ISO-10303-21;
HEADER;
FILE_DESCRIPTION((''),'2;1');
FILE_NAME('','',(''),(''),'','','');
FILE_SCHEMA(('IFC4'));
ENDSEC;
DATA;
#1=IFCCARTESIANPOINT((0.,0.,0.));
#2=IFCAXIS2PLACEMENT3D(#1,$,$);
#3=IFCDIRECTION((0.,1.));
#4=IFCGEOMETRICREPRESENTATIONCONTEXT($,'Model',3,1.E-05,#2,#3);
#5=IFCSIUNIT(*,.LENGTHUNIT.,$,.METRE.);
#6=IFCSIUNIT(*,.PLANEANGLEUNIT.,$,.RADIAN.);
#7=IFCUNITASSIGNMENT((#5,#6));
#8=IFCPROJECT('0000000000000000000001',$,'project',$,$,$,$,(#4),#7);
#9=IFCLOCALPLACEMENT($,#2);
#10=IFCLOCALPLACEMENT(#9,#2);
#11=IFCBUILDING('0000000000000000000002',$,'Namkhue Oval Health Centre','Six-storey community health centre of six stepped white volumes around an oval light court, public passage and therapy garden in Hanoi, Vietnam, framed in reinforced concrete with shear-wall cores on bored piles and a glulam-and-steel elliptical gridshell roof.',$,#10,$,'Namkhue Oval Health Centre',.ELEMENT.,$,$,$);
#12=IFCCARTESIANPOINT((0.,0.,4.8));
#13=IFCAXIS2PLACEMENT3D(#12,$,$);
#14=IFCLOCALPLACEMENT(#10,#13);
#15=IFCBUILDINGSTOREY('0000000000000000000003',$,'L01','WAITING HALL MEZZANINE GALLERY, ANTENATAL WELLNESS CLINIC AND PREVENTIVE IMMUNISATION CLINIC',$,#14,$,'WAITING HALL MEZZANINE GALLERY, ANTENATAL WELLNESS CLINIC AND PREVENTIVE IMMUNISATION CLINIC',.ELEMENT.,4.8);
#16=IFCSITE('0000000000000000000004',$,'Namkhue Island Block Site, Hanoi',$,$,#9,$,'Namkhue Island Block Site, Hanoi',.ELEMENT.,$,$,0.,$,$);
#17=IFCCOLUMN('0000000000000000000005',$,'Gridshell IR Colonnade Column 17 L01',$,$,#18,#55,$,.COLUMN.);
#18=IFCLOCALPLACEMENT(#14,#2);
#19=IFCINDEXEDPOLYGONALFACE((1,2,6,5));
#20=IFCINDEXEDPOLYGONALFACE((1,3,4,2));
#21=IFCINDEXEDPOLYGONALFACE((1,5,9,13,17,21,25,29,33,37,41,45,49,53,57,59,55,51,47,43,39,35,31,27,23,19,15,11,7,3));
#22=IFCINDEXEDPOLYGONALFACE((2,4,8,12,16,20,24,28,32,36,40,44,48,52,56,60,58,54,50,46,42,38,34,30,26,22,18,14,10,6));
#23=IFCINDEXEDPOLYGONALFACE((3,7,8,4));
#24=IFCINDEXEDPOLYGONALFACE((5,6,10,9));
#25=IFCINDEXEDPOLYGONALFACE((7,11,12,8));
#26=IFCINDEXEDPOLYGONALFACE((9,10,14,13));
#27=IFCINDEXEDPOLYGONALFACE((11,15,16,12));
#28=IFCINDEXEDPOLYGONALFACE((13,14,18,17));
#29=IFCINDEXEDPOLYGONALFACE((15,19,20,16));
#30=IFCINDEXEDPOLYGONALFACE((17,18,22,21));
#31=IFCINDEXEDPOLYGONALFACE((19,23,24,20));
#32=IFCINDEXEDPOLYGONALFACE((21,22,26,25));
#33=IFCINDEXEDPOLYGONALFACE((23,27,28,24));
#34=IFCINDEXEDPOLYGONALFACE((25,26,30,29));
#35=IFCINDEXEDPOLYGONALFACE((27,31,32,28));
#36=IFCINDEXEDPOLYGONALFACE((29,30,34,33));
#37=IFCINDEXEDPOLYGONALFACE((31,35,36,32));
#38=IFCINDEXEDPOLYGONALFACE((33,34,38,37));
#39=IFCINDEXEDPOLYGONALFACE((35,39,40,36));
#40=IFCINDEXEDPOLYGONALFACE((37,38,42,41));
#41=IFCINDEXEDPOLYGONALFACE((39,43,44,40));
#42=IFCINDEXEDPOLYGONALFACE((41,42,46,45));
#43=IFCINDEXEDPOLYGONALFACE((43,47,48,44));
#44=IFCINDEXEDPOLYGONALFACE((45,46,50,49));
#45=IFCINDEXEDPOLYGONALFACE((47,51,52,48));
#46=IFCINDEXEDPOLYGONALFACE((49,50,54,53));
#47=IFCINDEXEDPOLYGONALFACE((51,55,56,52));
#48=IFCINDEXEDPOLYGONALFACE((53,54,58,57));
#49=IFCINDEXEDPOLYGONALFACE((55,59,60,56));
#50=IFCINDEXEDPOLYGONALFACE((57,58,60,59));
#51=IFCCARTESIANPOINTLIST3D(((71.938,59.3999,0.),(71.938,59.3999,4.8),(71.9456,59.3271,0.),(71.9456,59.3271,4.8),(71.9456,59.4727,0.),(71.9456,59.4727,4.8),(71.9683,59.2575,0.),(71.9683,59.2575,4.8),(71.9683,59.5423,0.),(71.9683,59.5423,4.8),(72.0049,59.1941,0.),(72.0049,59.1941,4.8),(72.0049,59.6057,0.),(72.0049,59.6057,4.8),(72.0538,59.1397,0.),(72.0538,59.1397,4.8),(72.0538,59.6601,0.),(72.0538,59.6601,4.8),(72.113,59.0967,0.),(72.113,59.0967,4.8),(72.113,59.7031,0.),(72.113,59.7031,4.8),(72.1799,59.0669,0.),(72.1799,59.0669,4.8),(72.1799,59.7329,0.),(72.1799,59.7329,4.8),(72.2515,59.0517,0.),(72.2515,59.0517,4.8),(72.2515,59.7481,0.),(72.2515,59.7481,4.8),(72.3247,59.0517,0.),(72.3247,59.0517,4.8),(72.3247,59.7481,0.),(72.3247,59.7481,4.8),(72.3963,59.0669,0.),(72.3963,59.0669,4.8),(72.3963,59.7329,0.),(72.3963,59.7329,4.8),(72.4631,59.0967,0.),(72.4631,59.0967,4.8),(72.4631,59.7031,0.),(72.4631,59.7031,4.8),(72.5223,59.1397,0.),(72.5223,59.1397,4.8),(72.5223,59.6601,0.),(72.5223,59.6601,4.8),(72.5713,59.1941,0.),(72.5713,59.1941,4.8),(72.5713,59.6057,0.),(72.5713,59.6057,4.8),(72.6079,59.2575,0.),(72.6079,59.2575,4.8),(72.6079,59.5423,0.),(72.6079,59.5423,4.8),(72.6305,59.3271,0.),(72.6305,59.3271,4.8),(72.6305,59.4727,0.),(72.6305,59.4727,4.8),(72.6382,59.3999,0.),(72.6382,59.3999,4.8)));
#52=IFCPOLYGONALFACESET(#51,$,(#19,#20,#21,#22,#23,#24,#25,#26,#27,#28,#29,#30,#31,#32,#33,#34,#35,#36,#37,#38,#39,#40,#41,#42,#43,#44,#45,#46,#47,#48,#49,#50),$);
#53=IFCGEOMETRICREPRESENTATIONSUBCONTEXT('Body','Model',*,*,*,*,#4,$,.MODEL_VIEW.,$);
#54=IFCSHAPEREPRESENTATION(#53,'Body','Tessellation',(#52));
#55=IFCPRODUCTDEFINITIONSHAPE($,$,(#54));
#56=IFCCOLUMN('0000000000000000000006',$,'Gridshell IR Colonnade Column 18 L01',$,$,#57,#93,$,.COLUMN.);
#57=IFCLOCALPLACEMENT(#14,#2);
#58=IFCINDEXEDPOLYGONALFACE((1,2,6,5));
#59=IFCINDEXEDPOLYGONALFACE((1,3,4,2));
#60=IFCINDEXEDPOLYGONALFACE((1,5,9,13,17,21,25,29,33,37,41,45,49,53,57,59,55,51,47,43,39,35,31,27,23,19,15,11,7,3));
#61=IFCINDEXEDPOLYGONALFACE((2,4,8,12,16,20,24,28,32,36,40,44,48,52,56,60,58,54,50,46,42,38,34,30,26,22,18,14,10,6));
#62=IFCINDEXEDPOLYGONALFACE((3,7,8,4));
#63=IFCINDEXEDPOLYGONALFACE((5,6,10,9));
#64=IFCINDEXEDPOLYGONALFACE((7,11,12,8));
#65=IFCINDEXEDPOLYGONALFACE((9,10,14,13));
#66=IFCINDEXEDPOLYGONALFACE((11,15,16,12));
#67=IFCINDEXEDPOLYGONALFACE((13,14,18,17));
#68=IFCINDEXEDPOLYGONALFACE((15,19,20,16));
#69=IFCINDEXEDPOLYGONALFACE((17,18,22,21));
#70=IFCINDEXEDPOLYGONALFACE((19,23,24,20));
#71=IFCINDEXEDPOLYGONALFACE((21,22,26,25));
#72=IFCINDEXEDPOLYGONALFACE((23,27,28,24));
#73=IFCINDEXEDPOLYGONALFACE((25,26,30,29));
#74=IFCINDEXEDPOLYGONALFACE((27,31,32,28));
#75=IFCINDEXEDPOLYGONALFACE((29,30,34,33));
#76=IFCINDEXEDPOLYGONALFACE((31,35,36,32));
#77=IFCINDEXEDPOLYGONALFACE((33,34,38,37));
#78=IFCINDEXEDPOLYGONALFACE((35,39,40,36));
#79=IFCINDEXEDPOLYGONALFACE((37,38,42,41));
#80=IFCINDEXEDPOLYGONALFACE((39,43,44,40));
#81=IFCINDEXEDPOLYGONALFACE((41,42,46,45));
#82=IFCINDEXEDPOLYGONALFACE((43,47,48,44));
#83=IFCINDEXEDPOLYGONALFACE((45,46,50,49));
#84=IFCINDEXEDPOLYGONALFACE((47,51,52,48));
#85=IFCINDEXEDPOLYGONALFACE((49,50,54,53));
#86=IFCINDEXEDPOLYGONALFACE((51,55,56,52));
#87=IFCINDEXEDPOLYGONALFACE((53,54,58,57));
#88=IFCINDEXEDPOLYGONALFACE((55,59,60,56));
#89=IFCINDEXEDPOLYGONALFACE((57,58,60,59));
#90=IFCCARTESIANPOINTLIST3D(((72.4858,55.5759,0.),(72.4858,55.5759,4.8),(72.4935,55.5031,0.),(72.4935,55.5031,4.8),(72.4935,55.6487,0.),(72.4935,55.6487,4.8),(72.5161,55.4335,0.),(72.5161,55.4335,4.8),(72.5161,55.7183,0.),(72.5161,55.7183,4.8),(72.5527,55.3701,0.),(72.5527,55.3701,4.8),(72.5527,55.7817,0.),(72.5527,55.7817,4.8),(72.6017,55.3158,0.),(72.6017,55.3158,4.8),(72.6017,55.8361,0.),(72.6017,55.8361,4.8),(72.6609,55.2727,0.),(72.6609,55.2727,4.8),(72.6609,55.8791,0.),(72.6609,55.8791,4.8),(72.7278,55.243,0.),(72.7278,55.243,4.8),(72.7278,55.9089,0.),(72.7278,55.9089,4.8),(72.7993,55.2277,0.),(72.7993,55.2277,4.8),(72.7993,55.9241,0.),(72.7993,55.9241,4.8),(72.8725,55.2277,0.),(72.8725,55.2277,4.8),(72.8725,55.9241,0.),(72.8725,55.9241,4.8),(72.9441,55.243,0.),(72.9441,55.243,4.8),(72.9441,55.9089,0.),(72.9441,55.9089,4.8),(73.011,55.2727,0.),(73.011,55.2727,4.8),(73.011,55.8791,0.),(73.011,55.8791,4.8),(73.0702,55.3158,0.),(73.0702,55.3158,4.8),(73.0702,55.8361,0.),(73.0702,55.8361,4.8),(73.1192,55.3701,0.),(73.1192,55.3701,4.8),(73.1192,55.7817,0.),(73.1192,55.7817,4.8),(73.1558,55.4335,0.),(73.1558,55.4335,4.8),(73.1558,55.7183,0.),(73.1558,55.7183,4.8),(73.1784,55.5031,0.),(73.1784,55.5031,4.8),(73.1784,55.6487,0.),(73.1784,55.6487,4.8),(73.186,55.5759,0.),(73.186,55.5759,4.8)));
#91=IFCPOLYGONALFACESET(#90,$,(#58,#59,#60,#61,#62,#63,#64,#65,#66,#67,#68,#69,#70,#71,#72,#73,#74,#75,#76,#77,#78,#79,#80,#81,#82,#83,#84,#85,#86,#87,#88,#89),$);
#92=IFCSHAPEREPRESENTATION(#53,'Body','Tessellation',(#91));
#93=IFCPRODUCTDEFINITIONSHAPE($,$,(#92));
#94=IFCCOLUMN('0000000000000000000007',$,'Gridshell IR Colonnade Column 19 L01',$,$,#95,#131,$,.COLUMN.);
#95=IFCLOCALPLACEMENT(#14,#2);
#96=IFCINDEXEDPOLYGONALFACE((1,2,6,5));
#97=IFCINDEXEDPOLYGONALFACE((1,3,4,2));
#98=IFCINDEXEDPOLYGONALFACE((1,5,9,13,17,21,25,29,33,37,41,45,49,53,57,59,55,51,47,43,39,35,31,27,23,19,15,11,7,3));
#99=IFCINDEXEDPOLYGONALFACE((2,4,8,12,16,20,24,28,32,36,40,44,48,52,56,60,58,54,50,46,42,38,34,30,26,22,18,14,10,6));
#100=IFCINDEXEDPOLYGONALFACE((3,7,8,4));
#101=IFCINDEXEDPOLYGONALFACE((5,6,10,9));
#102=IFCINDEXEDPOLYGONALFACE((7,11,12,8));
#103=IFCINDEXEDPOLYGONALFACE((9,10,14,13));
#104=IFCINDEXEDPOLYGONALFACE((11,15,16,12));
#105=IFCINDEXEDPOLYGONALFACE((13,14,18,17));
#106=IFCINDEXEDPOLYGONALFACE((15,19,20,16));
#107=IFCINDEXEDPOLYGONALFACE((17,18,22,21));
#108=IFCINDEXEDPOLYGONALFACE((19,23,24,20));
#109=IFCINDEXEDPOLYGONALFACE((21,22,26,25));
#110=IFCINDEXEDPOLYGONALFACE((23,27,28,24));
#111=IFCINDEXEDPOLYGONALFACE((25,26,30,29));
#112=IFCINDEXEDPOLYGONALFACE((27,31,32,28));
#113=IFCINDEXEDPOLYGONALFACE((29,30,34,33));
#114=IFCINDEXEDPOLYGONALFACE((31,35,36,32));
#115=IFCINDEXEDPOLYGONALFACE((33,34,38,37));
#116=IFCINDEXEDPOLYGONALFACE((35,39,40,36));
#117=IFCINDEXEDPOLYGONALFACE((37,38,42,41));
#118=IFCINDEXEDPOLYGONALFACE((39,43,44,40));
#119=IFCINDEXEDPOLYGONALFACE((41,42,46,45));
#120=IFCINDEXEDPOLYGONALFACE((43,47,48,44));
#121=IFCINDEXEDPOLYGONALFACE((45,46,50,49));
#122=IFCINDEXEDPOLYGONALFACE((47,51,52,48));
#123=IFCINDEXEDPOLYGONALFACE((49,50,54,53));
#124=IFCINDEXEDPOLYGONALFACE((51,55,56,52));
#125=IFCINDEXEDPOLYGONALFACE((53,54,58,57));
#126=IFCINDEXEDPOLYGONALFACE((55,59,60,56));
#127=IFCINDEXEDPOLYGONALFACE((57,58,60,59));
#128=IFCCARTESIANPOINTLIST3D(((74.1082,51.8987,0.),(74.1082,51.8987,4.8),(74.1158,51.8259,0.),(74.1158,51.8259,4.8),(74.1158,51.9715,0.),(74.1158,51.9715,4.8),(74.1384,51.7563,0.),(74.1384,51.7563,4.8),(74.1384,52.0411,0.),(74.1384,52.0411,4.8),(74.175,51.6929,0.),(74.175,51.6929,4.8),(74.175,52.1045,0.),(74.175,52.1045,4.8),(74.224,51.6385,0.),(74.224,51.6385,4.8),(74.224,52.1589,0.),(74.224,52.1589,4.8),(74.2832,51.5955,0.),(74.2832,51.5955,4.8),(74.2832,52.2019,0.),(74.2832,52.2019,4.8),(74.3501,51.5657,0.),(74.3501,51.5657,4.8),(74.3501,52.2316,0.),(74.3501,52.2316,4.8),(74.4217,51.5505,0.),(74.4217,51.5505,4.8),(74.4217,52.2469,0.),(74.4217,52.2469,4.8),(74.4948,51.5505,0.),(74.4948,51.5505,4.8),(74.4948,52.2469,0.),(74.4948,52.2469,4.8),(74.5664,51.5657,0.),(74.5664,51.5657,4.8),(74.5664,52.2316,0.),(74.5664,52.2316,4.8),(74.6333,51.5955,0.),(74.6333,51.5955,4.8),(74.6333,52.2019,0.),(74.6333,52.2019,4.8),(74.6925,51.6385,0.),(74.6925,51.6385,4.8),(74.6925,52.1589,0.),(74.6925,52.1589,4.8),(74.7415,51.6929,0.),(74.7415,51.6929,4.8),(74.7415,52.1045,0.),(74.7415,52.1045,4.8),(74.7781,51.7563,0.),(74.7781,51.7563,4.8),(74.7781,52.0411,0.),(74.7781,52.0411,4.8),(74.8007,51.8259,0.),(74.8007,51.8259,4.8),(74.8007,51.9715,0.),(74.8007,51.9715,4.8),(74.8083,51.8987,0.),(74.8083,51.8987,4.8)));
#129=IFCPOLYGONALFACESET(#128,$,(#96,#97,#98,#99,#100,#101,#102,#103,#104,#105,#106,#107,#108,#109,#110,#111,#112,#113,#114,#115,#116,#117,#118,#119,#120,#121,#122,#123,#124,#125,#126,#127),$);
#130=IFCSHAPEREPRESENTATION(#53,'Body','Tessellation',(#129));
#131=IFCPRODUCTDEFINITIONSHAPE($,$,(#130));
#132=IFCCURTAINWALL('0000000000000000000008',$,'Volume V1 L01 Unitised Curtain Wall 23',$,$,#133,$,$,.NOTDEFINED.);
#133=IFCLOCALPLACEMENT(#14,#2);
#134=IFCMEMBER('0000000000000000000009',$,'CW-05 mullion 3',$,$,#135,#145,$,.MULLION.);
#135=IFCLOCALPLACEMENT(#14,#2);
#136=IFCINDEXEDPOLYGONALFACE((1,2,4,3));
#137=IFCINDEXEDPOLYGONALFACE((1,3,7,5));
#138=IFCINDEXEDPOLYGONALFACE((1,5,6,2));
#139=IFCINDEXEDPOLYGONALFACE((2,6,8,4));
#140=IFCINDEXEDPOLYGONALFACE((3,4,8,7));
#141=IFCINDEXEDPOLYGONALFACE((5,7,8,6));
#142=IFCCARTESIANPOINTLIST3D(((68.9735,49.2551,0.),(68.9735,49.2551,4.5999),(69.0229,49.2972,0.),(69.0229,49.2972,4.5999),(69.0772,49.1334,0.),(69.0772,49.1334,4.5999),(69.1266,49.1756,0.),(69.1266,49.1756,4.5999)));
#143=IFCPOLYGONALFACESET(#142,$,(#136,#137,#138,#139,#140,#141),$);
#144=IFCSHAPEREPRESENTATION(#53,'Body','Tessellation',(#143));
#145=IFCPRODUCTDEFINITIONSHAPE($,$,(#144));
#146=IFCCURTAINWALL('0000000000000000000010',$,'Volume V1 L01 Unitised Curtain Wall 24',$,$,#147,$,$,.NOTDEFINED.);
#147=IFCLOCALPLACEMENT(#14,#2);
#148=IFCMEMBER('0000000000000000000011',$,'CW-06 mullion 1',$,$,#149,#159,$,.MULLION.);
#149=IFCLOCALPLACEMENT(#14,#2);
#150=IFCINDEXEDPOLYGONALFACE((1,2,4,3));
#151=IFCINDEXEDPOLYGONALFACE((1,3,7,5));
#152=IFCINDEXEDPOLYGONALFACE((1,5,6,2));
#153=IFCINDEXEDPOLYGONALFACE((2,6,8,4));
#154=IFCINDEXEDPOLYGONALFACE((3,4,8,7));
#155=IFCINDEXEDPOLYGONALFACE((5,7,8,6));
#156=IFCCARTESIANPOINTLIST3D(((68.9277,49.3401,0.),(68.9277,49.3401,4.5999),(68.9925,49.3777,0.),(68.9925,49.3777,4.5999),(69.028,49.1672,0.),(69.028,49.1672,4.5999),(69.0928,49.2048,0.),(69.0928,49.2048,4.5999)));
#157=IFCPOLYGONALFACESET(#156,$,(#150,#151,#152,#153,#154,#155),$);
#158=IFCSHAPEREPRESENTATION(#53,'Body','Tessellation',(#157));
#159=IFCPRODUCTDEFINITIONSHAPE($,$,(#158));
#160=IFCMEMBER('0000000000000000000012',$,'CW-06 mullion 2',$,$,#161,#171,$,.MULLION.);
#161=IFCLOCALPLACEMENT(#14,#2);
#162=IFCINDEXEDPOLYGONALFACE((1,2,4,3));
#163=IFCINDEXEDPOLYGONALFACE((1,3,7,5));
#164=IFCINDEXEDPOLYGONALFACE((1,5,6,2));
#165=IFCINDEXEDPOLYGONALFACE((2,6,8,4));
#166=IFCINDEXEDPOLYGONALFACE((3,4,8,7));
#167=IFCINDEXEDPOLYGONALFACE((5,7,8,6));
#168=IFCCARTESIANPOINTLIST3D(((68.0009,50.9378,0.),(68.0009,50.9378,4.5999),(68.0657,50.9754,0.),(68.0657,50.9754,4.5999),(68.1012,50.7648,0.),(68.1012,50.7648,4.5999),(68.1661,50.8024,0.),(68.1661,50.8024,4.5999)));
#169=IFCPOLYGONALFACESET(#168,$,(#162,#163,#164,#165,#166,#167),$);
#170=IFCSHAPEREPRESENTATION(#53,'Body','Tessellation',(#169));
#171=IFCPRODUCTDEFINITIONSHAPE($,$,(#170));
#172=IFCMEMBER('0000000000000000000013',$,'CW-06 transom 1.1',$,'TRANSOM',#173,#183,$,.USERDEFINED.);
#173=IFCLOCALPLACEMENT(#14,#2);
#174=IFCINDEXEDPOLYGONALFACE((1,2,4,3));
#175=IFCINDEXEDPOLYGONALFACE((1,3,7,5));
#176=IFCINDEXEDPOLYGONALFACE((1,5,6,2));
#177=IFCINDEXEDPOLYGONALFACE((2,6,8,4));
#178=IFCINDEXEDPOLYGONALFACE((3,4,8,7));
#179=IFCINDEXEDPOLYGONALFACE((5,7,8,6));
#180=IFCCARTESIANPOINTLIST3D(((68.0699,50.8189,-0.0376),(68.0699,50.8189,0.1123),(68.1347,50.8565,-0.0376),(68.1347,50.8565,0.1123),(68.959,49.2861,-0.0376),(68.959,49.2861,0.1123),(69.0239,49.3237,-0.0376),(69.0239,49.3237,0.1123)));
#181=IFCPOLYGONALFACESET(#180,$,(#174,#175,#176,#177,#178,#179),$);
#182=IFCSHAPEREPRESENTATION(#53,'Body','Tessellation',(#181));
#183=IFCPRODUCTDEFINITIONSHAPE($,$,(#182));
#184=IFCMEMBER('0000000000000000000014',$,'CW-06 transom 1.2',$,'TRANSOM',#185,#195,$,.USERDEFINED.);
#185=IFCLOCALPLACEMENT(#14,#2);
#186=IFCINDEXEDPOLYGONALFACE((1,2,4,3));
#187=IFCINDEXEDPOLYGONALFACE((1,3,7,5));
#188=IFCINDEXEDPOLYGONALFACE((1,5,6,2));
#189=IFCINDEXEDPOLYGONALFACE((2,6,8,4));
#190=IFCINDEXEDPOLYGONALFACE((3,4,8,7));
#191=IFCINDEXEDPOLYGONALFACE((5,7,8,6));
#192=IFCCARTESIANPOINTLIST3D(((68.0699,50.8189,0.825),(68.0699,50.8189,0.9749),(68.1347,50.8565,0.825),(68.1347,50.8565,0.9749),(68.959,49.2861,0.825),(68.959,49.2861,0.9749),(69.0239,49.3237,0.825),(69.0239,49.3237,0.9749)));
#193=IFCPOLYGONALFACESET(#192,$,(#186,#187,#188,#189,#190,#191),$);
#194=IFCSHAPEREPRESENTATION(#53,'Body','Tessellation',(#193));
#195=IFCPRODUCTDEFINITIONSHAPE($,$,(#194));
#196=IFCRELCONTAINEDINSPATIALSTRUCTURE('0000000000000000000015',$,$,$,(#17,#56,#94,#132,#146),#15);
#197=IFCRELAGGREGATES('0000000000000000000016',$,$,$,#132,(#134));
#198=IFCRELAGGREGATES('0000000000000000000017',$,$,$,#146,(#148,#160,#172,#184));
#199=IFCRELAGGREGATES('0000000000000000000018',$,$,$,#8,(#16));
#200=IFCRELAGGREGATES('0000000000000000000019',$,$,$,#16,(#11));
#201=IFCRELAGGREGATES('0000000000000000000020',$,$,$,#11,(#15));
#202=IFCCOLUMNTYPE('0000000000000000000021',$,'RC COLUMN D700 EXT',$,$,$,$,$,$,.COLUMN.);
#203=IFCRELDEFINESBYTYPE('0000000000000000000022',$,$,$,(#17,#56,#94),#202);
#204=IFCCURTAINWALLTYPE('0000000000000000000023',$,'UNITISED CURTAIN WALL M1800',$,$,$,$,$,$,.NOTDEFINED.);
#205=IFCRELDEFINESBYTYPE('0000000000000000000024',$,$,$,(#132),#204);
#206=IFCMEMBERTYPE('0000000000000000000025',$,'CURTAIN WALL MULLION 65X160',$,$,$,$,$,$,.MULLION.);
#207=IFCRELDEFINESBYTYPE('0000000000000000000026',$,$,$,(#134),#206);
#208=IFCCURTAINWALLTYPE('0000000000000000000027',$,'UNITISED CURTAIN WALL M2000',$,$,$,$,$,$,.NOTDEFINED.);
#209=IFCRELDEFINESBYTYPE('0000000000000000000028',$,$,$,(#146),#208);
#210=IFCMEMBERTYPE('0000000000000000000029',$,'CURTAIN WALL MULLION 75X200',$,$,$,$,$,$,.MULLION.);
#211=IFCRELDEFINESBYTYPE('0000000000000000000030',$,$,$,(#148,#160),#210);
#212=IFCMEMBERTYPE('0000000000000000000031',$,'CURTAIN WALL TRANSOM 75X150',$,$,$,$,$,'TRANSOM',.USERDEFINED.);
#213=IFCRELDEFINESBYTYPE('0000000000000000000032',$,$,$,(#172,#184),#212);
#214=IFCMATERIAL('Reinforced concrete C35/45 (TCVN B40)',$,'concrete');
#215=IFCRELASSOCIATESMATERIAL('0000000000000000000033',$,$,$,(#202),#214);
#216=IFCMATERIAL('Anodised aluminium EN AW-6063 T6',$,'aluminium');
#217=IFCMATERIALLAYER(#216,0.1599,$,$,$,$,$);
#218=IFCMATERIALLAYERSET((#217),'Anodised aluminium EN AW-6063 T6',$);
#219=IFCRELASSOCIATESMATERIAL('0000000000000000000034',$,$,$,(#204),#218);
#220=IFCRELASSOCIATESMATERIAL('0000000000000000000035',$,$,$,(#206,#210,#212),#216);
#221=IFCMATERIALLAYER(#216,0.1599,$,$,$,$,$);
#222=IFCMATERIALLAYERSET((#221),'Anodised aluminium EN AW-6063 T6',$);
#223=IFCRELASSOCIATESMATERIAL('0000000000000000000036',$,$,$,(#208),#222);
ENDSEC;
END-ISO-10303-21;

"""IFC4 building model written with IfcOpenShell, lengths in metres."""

from ifc_helpers import new_model, si_unit, direction, frame, origin, origin_2d, place, context, subcontext, project, spatial, rectangle, circle, extrude, material, layer, layer_set, material_profile, profile_set, type_object, element, aggregate, save


model = new_model("IFC4")

# Units and contexts
model_context = context("Model", 3, precision=1e-05, world=origin(), true_north=direction((0.0, 1.0)))
body_context = subcontext(model_context, "Body", "Model", "MODEL_VIEW")
ifc_project = project(units=[si_unit("LENGTHUNIT", "METRE"), si_unit("PLANEANGLEUNIT", "RADIAN")], contexts=[model_context])

# Site, building, storey
site_placement = place(None, origin())
site = spatial("IfcSite", under=ifc_project, at=site_placement, Name="Namkhue Island Block Site, Hanoi", LongName="Namkhue Island Block Site, Hanoi", CompositionType="ELEMENT", RefElevation=0.0)
building_placement = place(site_placement, origin())
building = spatial("IfcBuilding", under=site, at=building_placement, Name="Namkhue Oval Health Centre", Description="Six-storey community health centre of six stepped white volumes around an oval light court, public passage and therapy garden in Hanoi, Vietnam, framed in reinforced concrete with shear-wall cores on bored piles and a glulam-and-steel elliptical gridshell roof.", LongName="Namkhue Oval Health Centre", CompositionType="ELEMENT")
storey_placement = place(building_placement, frame((0.0, 0.0, 4.8)))
storey = spatial("IfcBuildingStorey", under=building, at=storey_placement, Name="L01", Description="WAITING HALL MEZZANINE GALLERY, ANTENATAL WELLNESS CLINIC AND PREVENTIVE IMMUNISATION CLINIC", LongName="WAITING HALL MEZZANINE GALLERY, ANTENATAL WELLNESS CLINIC AND PREVENTIVE IMMUNISATION CLINIC", CompositionType="ELEMENT", Elevation=4.8)

# Columns
ifc_material_1 = material(Name="Reinforced concrete C35/45 (TCVN B40)", Category="concrete")
ifc_material_profile_1 = material_profile(ifc_material_1, circle(Radius=0.3501, at=origin_2d()), Name="RC D700")
ifc_profile_set_1 = profile_set([ifc_material_profile_1], Name="Reinforced concrete C35/45 (TCVN B40)")
column_type = type_object("IfcColumnType", Name="RC COLUMN D700 EXT", PredefinedType="COLUMN", material=ifc_profile_set_1)
for number, where, z_axis, x_axis, name in (
    (1, (72.2881, 59.3999, 0.0), (0.0, 0.0, 1.0), (1.0, 0.0, 0.0), "Gridshell IR Colonnade Column 17 L01"),
    (2, (72.8359, 55.5759, 0.0), (0.0, 0.0, 1.0), (1.0, 0.0, 0.0), "Gridshell IR Colonnade Column 18 L01"),
    (3, (74.4583, 51.8987, 0.0), (0.0, 0.0, 1.0), (1.0, 0.0, 0.0), "Gridshell IR Colonnade Column 19 L01"),
):
    element("IfcColumn", number, at=place(storey_placement, frame(where, z_axis=z_axis, x_axis=x_axis)), inside=storey, type_object=column_type, Name=name, PredefinedType="COLUMN", context=body_context, shape_type="SweptSolid", body=[
        extrude(circle(Radius=0.3501, at=origin_2d()), origin(), (0.0, 0.0, 1.0), 4.8),
    ])

# Curtain wall, member
ifc_material_2 = material(Name="Anodised aluminium EN AW-6063 T6", Category="aluminium")
ifc_layer_1 = layer(ifc_material_2, 0.1599)
ifc_layer_set_1 = layer_set([ifc_layer_1], Name="Anodised aluminium EN AW-6063 T6")
curtain_wall_type_1 = type_object("IfcCurtainWallType", Name="UNITISED CURTAIN WALL M1800", PredefinedType="NOTDEFINED", material=ifc_layer_set_1)
curtain_wall_1_placement = place(storey_placement, origin())
curtain_wall_1 = element("IfcCurtainWall", 4, at=curtain_wall_1_placement, inside=storey, type_object=curtain_wall_type_1, Name="Volume V1 L01 Unitised Curtain Wall 23", PredefinedType="NOTDEFINED")
ifc_material_profile_2 = material_profile(ifc_material_2, rectangle(XDim=0.0649, YDim=0.1599, at=origin_2d()), Name="ALU 65x160")
ifc_profile_set_2 = profile_set([ifc_material_profile_2], Name="Anodised aluminium EN AW-6063 T6")
member_type_1 = type_object("IfcMemberType", Name="CURTAIN WALL MULLION 65X160", PredefinedType="MULLION", material=ifc_profile_set_2)
member_1_placement = place(storey_placement, frame((69.05, 49.2153, 0.0), z_axis=(0.0, 0.0, 1.0), x_axis=(-0.761005, -0.648746, 0.0)))
member_1 = element("IfcMember", 5, at=member_1_placement, type_object=member_type_1, Name="CW-05 mullion 3", PredefinedType="MULLION", context=body_context, shape_type="SweptSolid", body=[
    extrude(rectangle(XDim=0.0649, YDim=0.1599, at=origin_2d()), origin(), (0.0, 0.0, 1.0), 4.5999),
])

# Curtain wall, members
ifc_layer_2 = layer(ifc_material_2, 0.1599)
ifc_layer_set_2 = layer_set([ifc_layer_2], Name="Anodised aluminium EN AW-6063 T6")
curtain_wall_type_2 = type_object("IfcCurtainWallType", Name="UNITISED CURTAIN WALL M2000", PredefinedType="NOTDEFINED", material=ifc_layer_set_2)
curtain_wall_2_placement = place(storey_placement, origin())
curtain_wall_2 = element("IfcCurtainWall", 6, at=curtain_wall_2_placement, inside=storey, type_object=curtain_wall_type_2, Name="Volume V1 L01 Unitised Curtain Wall 24", PredefinedType="NOTDEFINED")
ifc_material_profile_3 = material_profile(ifc_material_2, rectangle(XDim=0.075, YDim=0.2, at=origin_2d()), Name="ALU 75x200")
ifc_profile_set_3 = profile_set([ifc_material_profile_3], Name="Anodised aluminium EN AW-6063 T6")
member_type_2 = type_object("IfcMemberType", Name="CURTAIN WALL MULLION 75X200", PredefinedType="MULLION", material=ifc_profile_set_3)
member_2_placement = place(storey_placement, frame((69.0103, 49.2725, 0.0), z_axis=(0.0, 0.0, 1.0), x_axis=(-0.865008, -0.501758, 0.0)))
member_2 = element("IfcMember", 7, at=member_2_placement, type_object=member_type_2, Name="CW-06 mullion 1", PredefinedType="MULLION", context=body_context, shape_type="SweptSolid", body=[
    extrude(rectangle(XDim=0.075, YDim=0.2, at=origin_2d()), origin(), (0.0, 0.0, 1.0), 4.5999),
])
member_3_placement = place(storey_placement, frame((68.0835, 50.8701, 0.0), z_axis=(0.0, 0.0, 1.0), x_axis=(-0.865008, -0.501758, 0.0)))
member_3 = element("IfcMember", 8, at=member_3_placement, type_object=member_type_2, Name="CW-06 mullion 2", PredefinedType="MULLION", context=body_context, shape_type="SweptSolid", body=[
    extrude(rectangle(XDim=0.075, YDim=0.2, at=origin_2d()), origin(), (0.0, 0.0, 1.0), 4.5999),
])
ifc_material_profile_4 = material_profile(ifc_material_2, rectangle(XDim=0.075, YDim=0.1499, at=origin_2d()), Name="ALU 75x150")
ifc_profile_set_4 = profile_set([ifc_material_profile_4], Name="Anodised aluminium EN AW-6063 T6")
member_type_3 = type_object("IfcMemberType", Name="CURTAIN WALL TRANSOM 75X150", ElementType="TRANSOM", PredefinedType="USERDEFINED", material=ifc_profile_set_4)
member_4_placement = place(storey_placement, frame((68.9915, 49.3049, 0.0374), z_axis=(-0.501796, 0.864986, 0.0), x_axis=(-0.864986, -0.501796, 0.0)))
member_4 = element("IfcMember", 9, at=member_4_placement, type_object=member_type_3, Name="CW-06 transom 1.1", ObjectType="TRANSOM", PredefinedType="USERDEFINED", context=body_context, shape_type="SweptSolid", body=[
    extrude(rectangle(XDim=0.075, YDim=0.1499, at=origin_2d()), origin(), (0.0, 0.0, 1.0), 1.772),
])
member_5_placement = place(storey_placement, frame((68.9915, 49.3049, 0.8999), z_axis=(-0.501796, 0.864986, 0.0), x_axis=(-0.864986, -0.501796, 0.0)))
member_5 = element("IfcMember", 10, at=member_5_placement, type_object=member_type_3, Name="CW-06 transom 1.2", ObjectType="TRANSOM", PredefinedType="USERDEFINED", context=body_context, shape_type="SweptSolid", body=[
    extrude(rectangle(XDim=0.075, YDim=0.1499, at=origin_2d()), origin(), (0.0, 0.0, 1.0), 1.772),
])

aggregate(curtain_wall_1, [member_1])
aggregate(curtain_wall_2, [member_2, member_3, member_4, member_5])

save(model, "model.ifc")
